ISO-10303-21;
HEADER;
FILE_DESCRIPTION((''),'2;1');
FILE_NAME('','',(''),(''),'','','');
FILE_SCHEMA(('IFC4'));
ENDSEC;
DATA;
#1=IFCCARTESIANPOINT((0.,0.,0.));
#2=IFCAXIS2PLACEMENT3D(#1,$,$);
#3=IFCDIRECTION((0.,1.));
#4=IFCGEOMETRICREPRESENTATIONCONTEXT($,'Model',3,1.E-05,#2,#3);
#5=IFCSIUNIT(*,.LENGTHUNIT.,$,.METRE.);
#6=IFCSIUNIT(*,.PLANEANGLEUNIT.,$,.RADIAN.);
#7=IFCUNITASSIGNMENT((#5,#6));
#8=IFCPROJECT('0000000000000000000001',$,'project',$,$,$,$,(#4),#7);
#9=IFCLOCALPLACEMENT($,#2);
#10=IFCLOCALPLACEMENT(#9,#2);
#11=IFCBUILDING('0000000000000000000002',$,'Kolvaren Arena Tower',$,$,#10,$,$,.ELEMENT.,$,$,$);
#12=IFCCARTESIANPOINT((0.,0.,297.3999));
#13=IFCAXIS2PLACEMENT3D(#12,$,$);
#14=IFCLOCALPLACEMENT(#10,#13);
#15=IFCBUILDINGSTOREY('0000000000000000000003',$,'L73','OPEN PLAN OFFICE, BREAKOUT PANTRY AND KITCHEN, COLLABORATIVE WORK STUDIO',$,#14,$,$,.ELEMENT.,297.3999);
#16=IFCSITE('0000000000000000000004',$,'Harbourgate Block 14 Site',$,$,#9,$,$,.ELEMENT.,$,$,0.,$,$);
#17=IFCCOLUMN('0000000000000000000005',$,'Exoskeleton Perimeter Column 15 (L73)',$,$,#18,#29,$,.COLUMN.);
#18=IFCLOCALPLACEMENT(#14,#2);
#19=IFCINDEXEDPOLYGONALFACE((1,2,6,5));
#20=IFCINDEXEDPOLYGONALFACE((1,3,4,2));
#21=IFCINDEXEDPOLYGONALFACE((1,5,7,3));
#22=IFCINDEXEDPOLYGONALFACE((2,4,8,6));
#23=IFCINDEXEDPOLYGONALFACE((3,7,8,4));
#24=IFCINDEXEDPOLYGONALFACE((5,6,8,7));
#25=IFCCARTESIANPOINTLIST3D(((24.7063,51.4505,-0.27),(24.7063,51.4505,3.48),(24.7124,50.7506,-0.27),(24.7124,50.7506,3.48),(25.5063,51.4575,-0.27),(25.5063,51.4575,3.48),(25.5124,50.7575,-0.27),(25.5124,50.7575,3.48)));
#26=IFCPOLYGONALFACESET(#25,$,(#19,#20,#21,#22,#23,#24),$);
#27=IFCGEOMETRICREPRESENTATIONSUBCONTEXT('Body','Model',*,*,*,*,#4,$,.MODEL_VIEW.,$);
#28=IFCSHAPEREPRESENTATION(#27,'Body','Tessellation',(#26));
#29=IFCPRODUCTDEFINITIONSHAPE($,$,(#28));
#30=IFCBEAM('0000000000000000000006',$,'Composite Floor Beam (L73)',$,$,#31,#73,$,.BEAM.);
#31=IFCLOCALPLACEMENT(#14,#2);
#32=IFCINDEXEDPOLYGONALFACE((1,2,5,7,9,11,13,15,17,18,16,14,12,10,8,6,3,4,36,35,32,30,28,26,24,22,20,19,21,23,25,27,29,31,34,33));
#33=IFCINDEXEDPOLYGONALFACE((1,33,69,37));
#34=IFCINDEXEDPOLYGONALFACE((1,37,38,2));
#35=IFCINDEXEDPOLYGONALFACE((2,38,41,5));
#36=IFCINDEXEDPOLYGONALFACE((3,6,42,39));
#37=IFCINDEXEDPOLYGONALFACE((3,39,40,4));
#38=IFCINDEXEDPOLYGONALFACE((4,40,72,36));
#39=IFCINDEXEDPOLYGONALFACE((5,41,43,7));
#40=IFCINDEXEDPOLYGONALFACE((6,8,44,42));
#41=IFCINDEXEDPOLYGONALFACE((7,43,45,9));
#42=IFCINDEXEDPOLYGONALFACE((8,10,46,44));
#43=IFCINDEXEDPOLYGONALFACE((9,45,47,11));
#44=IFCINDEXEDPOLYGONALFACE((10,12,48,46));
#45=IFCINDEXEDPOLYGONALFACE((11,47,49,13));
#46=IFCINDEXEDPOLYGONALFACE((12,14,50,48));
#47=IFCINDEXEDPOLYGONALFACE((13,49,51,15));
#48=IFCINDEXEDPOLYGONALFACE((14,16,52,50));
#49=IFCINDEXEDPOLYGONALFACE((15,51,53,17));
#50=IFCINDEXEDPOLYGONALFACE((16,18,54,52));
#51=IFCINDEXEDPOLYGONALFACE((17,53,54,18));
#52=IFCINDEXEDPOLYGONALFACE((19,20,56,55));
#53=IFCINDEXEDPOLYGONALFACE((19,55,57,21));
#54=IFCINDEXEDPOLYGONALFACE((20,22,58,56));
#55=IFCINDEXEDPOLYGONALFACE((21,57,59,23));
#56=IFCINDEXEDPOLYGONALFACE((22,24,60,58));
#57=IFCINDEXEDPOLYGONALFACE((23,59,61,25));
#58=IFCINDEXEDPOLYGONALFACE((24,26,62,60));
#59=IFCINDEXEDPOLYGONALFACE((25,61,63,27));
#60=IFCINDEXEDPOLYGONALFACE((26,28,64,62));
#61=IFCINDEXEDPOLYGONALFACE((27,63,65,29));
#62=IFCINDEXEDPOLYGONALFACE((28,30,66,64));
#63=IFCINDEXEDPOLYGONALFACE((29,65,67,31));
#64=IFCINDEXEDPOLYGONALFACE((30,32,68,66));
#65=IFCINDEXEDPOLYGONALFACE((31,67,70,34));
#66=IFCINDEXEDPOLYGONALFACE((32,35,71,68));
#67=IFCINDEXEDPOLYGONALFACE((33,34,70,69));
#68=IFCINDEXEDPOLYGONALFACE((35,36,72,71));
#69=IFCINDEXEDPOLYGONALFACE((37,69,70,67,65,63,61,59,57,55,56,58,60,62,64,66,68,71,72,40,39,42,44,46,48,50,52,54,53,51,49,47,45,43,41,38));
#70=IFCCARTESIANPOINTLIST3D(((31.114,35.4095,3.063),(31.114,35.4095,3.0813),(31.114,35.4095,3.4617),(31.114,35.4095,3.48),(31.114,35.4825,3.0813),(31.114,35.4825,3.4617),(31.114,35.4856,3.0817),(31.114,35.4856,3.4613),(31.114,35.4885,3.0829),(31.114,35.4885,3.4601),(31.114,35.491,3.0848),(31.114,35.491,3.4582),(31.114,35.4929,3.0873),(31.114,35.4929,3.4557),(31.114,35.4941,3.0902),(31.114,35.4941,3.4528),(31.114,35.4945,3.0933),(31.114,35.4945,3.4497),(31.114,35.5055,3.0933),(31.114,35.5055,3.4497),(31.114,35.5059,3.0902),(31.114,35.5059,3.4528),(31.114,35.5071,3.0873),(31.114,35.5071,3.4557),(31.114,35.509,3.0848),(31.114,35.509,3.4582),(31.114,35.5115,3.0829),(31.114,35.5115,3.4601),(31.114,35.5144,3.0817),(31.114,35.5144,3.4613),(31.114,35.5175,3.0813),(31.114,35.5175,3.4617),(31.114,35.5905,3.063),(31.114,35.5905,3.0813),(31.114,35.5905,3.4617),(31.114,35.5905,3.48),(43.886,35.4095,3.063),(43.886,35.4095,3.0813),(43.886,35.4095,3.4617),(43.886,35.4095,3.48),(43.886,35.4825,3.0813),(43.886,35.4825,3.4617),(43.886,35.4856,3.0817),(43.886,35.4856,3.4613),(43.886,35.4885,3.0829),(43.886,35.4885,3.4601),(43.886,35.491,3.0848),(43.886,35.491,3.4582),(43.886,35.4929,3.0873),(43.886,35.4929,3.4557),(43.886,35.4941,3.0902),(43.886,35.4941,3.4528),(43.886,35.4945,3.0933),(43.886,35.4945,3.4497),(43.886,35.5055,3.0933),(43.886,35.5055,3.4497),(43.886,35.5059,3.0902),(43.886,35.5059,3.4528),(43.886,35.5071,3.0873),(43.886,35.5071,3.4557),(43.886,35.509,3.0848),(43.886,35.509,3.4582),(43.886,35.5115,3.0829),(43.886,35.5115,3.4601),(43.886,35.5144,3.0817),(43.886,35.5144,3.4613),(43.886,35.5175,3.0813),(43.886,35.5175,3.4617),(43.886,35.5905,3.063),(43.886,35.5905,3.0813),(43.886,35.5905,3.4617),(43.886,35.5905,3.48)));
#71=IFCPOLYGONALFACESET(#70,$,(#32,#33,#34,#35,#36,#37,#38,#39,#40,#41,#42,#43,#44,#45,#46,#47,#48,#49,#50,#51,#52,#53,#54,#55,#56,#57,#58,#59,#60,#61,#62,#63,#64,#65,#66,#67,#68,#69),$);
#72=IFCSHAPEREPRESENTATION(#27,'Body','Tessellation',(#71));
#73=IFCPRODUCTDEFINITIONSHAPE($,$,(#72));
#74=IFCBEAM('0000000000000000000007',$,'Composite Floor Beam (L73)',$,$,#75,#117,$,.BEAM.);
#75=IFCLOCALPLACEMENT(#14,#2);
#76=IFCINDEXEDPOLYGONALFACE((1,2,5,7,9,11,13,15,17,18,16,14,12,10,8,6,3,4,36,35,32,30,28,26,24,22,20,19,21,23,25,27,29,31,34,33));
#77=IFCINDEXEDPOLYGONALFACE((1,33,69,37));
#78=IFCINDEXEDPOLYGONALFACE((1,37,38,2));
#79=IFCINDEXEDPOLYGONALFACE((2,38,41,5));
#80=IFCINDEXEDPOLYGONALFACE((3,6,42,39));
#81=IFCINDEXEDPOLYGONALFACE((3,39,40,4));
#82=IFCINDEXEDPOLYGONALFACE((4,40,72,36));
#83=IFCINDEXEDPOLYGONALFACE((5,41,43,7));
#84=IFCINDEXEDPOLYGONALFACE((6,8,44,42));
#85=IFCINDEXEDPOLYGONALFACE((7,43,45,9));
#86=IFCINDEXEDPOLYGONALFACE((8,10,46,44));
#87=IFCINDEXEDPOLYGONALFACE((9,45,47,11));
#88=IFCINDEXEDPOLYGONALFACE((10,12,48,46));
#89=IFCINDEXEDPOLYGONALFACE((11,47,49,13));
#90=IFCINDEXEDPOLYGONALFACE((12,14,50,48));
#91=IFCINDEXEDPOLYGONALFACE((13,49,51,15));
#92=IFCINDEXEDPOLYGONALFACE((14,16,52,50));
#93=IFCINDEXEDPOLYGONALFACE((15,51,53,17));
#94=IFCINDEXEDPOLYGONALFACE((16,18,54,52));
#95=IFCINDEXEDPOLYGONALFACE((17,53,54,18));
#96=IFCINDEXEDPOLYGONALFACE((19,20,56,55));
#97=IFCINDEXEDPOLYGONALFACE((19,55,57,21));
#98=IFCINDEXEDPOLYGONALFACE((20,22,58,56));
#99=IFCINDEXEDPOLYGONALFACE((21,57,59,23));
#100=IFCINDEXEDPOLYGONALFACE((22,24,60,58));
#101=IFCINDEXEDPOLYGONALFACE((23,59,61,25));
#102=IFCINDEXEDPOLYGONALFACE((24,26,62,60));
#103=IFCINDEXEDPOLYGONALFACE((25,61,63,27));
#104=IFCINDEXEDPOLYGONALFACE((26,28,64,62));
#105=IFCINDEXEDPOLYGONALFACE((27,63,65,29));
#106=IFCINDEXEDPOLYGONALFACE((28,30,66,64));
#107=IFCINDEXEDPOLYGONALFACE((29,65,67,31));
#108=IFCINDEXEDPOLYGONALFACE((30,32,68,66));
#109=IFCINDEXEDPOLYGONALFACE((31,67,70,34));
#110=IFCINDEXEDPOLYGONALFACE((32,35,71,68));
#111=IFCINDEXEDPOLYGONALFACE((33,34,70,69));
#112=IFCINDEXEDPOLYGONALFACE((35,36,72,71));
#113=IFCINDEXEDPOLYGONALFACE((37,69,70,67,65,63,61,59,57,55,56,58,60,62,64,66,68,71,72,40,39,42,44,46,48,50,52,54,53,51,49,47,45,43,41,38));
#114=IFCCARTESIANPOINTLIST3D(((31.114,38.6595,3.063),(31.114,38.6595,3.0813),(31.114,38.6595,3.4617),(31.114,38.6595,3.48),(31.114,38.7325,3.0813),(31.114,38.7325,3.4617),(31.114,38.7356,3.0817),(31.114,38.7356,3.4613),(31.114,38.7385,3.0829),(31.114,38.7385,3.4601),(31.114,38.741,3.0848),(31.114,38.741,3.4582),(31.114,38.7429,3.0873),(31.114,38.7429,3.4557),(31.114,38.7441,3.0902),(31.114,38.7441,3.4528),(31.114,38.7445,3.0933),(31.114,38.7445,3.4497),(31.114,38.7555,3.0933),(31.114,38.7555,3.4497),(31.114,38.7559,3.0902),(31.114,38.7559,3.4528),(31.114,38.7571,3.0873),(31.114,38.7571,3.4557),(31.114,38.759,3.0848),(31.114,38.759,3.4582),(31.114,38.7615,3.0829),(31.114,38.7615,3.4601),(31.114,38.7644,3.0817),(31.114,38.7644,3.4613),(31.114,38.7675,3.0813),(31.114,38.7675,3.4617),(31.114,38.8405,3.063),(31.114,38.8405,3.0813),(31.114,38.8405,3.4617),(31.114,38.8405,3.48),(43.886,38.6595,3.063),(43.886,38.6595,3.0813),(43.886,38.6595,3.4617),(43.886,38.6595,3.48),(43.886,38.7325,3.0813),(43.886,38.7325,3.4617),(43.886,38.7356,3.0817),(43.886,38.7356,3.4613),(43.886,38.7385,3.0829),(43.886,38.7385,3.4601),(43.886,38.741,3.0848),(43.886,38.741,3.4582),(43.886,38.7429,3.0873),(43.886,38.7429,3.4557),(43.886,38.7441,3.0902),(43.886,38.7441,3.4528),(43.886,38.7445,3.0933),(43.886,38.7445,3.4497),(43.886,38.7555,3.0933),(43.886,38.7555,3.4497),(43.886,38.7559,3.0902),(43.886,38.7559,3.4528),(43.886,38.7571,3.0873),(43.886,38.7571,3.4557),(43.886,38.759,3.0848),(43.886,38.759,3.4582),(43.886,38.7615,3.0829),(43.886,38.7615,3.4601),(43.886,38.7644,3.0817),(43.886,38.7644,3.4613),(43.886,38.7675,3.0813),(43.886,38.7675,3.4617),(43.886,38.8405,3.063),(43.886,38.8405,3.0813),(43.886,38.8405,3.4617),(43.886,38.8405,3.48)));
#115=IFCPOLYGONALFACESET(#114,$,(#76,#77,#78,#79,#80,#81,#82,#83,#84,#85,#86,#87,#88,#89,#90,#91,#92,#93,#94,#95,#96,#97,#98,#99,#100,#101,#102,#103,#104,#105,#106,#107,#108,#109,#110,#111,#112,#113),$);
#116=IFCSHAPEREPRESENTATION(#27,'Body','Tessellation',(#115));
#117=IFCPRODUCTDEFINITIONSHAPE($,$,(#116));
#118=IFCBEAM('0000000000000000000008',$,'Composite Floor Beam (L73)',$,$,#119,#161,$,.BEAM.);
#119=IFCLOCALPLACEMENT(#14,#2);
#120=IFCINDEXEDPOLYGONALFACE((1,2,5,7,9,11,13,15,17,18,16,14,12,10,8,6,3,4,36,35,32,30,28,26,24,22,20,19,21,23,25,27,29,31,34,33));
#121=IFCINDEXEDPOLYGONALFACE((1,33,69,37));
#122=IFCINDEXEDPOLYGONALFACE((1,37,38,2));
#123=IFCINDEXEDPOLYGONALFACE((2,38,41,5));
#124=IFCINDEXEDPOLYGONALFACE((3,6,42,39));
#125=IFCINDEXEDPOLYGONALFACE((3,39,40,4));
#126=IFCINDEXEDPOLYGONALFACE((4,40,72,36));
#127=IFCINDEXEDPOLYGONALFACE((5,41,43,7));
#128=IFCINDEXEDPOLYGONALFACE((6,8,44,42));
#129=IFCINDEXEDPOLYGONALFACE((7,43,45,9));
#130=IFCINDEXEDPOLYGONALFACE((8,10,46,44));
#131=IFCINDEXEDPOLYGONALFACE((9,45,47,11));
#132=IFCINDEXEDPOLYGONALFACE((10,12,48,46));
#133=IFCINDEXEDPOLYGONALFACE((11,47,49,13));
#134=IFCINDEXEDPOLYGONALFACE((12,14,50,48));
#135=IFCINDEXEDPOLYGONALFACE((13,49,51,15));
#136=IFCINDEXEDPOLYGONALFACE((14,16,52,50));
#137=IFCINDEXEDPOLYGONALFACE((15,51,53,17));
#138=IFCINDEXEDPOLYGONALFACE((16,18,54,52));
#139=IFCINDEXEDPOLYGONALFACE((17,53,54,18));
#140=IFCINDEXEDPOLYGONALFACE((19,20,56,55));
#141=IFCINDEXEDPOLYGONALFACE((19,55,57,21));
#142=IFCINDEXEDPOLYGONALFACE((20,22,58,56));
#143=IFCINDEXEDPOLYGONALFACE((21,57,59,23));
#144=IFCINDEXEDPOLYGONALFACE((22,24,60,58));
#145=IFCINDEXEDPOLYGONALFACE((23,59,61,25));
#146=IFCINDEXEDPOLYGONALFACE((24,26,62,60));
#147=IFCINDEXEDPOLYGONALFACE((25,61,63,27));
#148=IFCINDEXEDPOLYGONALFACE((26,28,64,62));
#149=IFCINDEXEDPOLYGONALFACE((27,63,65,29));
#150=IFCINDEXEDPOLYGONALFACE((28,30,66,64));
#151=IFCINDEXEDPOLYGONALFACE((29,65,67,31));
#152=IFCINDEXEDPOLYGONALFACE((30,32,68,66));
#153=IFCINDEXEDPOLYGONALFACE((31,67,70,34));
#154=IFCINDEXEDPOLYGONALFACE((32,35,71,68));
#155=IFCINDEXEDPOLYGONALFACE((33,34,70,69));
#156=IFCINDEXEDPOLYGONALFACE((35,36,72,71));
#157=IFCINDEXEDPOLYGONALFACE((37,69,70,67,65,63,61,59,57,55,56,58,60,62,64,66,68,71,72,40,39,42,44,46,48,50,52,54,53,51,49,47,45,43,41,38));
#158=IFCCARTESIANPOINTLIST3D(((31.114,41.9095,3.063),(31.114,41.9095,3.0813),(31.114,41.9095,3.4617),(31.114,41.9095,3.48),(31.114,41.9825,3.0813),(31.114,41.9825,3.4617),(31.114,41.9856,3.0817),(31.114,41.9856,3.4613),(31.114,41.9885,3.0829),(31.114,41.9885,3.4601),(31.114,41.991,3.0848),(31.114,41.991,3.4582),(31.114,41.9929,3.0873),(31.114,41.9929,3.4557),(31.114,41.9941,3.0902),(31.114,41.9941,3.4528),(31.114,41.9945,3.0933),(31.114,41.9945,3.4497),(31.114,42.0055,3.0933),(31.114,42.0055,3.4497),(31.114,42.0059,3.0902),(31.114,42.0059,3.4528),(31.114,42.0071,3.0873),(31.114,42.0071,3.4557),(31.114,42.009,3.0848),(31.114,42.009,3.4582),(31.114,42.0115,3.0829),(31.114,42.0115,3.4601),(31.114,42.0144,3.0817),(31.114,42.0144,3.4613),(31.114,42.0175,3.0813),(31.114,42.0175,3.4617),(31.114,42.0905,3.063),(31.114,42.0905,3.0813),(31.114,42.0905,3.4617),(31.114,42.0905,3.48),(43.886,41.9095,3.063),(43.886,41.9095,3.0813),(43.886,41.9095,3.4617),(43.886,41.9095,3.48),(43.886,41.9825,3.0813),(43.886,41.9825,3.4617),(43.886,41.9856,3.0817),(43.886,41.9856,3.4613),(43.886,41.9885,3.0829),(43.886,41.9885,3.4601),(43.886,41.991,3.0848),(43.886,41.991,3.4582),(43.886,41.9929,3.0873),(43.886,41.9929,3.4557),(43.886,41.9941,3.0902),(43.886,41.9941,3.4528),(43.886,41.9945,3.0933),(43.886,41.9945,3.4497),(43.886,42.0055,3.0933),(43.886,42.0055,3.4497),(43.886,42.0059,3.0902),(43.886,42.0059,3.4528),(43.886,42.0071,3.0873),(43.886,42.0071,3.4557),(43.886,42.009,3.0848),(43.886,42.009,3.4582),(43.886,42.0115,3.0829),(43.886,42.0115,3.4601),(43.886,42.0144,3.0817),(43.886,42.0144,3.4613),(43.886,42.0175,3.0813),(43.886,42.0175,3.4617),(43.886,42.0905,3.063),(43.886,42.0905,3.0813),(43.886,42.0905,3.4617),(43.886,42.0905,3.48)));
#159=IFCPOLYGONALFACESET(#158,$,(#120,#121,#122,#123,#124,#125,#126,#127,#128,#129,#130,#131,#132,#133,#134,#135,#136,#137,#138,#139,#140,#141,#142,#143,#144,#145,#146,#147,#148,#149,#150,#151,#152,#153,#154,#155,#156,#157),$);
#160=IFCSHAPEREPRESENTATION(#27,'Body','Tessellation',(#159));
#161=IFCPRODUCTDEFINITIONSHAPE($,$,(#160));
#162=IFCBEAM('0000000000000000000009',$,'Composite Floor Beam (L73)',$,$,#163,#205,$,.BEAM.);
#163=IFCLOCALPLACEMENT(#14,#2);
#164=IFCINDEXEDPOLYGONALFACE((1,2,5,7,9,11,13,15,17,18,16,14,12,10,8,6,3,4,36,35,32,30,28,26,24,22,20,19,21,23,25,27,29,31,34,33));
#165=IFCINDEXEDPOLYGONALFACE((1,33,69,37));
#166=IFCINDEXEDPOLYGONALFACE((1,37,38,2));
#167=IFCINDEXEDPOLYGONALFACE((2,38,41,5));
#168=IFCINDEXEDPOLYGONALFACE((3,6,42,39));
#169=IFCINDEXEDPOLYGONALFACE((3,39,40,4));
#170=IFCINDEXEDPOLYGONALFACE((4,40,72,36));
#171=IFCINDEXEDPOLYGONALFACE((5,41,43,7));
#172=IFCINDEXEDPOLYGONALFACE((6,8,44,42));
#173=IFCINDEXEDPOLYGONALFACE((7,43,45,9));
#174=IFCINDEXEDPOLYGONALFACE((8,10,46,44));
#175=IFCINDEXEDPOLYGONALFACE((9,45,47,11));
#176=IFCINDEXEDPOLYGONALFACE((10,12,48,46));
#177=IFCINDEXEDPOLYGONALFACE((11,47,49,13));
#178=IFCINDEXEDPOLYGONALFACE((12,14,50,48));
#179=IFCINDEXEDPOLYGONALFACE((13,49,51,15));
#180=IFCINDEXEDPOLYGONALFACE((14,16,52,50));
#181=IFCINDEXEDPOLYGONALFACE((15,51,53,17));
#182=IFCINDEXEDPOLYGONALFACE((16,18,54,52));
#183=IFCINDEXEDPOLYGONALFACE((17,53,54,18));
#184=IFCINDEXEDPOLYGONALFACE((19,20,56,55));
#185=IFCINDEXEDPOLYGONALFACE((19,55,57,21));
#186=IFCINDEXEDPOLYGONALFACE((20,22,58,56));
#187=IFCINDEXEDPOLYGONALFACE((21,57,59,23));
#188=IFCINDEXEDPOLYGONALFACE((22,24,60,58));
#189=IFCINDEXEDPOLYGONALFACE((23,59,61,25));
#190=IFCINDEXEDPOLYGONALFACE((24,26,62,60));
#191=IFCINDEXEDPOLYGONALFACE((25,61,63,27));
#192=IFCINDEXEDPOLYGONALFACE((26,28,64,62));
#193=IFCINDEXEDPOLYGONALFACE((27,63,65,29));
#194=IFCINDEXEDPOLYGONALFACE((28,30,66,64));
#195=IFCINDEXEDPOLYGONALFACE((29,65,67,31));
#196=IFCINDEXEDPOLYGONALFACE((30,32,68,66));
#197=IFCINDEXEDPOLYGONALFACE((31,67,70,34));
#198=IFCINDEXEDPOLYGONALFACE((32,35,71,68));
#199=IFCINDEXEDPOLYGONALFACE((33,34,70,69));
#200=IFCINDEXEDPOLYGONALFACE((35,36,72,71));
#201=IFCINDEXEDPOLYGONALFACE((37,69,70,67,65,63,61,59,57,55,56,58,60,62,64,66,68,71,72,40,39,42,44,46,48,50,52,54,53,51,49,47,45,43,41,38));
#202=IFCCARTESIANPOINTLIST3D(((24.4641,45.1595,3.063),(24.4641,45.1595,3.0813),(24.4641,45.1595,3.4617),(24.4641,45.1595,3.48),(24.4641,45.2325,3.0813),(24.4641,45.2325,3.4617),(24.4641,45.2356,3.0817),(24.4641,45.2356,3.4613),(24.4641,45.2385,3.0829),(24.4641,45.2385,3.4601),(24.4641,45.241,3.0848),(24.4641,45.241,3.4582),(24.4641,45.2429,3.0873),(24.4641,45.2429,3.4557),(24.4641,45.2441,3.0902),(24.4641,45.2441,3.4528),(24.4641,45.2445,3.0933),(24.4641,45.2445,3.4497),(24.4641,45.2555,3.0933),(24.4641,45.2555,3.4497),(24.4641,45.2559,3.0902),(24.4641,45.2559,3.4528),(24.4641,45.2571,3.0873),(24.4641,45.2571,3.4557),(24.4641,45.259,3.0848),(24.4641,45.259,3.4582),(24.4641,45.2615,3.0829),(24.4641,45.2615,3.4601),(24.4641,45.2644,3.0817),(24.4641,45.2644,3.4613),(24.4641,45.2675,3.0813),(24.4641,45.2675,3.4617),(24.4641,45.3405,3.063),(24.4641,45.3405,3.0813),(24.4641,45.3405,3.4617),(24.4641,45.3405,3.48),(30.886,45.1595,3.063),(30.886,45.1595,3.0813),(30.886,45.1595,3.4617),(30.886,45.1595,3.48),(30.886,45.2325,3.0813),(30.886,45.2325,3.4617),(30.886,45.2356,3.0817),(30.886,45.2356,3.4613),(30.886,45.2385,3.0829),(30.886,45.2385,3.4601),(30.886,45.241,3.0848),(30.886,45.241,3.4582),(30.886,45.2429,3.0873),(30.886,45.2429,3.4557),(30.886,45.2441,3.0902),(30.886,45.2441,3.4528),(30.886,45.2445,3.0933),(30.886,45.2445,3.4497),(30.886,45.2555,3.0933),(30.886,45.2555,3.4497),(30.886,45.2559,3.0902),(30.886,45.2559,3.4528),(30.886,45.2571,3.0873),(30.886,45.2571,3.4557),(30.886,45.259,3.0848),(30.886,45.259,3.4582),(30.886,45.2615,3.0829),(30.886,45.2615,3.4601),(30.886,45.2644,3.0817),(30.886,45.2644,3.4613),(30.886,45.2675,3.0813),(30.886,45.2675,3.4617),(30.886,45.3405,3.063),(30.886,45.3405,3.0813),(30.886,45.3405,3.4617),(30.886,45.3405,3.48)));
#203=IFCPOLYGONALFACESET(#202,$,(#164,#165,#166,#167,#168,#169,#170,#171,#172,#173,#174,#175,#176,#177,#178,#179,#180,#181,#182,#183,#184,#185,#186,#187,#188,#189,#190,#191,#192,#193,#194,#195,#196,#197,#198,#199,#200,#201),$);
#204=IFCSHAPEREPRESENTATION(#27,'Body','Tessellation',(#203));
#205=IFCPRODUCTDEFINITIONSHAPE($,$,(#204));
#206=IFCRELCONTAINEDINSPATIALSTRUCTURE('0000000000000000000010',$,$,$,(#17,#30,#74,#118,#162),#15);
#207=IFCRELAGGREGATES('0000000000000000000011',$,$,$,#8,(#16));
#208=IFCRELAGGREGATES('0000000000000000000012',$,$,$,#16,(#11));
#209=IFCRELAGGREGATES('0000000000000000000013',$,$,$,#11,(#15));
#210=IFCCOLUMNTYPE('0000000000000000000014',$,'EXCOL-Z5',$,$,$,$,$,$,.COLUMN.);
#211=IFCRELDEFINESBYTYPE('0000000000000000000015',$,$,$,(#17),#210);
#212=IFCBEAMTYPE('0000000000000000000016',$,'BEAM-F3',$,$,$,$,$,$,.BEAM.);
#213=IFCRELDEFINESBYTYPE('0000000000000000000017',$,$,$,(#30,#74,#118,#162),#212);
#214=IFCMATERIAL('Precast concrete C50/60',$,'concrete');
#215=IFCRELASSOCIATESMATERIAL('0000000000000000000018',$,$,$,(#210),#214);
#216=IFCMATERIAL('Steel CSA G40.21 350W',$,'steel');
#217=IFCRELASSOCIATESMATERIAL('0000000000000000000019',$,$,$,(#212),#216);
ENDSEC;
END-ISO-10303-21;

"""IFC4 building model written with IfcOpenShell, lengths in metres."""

from ifc_helpers import new_model, si_unit, direction, frame, origin, origin_2d, place, context, subcontext, project, spatial, rectangle, i_section, extrude, material, material_profile, profile_set, type_object, element, save


model = new_model("IFC4")

# Units and contexts
model_context = context("Model", 3, precision=1e-05, world=origin(), true_north=direction((0.0, 1.0)))
body_context = subcontext(model_context, "Body", "Model", "MODEL_VIEW")
ifc_project = project(units=[si_unit("LENGTHUNIT", "METRE"), si_unit("PLANEANGLEUNIT", "RADIAN")], contexts=[model_context])

# Site, building, storey
site_placement = place(None, origin())
site = spatial("IfcSite", under=ifc_project, at=site_placement, Name="Harbourgate Block 14 Site", CompositionType="ELEMENT", RefElevation=0.0)
building_placement = place(site_placement, origin())
building = spatial("IfcBuilding", under=site, at=building_placement, Name="Kolvaren Arena Tower", CompositionType="ELEMENT")
storey_placement = place(building_placement, frame((0.0, 0.0, 297.3999)))
storey = spatial("IfcBuildingStorey", under=building, at=storey_placement, Name="L73", Description="OPEN PLAN OFFICE, BREAKOUT PANTRY AND KITCHEN, COLLABORATIVE WORK STUDIO", CompositionType="ELEMENT", Elevation=297.3999)

# Column
ifc_material_1 = material(Name="Precast concrete C50/60", Category="concrete")
ifc_material_profile_1 = material_profile(ifc_material_1, rectangle(XDim=0.8, YDim=0.7, at=origin_2d()), Name="RC-800x700")
ifc_profile_set_1 = profile_set([ifc_material_profile_1], Name="Precast concrete C50/60")
column_type = type_object("IfcColumnType", Name="EXCOL-Z5", PredefinedType="COLUMN", material=ifc_profile_set_1)
column_placement = place(storey_placement, frame((25.1094, 51.104, -0.27), z_axis=(0.0, 0.0, 1.0), x_axis=(0.999962, 0.008727, 0.0)))
element("IfcColumn", 1, at=column_placement, inside=storey, type_object=column_type, Name="Exoskeleton Perimeter Column 15 (L73)", PredefinedType="COLUMN", context=body_context, shape_type="SweptSolid", body=[
    extrude(rectangle(XDim=0.8, YDim=0.7, at=origin_2d()), origin(), (0.0, 0.0, 1.0), 3.75),
])

# Beams
ifc_material_2 = material(Name="Steel CSA G40.21 350W", Category="steel")
ifc_material_profile_2 = material_profile(ifc_material_2, i_section(OverallWidth=0.1809, OverallDepth=0.417, WebThickness=0.011, FlangeThickness=0.0183, FilletRadius=0.012, at=origin_2d()), Name="W410x85")
ifc_profile_set_2 = profile_set([ifc_material_profile_2], Name="Steel CSA G40.21 350W")
beam_type_1 = type_object("IfcBeamType", Name="BEAM-F3", PredefinedType="BEAM", material=ifc_profile_set_2)
for number, where, z_axis, x_axis, name in (
    (2, (31.114, 35.5, 3.2715), (1.0, 0.0, 0.0), (0.0, 1.0, 0.0), "Composite Floor Beam (L73)"),
    (3, (31.114, 38.75, 3.2715), (1.0, 0.0, 0.0), (0.0, 1.0, 0.0), "Composite Floor Beam (L73)"),
    (4, (31.114, 42.0, 3.2715), (1.0, 0.0, 0.0), (0.0, 1.0, 0.0), "Composite Floor Beam (L73)"),
):
    element("IfcBeam", number, at=place(storey_placement, frame(where, z_axis=z_axis, x_axis=x_axis)), inside=storey, type_object=beam_type_1, Name=name, PredefinedType="BEAM", context=body_context, shape_type="SweptSolid", body=[
        extrude(i_section(OverallWidth=0.1809, OverallDepth=0.417, WebThickness=0.011, FlangeThickness=0.0183, FilletRadius=0.012, at=origin_2d()), origin(), (0.0, 0.0, 1.0), 12.772),
    ])
beam_1_placement = place(storey_placement, frame((24.4641, 45.25, 3.2715), z_axis=(1.0, 0.0, 0.0), x_axis=(0.0, 1.0, 0.0)))
element("IfcBeam", 5, at=beam_1_placement, inside=storey, type_object=beam_type_1, Name="Composite Floor Beam (L73)", PredefinedType="BEAM", context=body_context, shape_type="SweptSolid", body=[
    extrude(i_section(OverallWidth=0.1809, OverallDepth=0.417, WebThickness=0.011, FlangeThickness=0.0183, FilletRadius=0.012, at=origin_2d()), origin(), (0.0, 0.0, 1.0), 6.4219),
])

save(model, "model.ifc")
